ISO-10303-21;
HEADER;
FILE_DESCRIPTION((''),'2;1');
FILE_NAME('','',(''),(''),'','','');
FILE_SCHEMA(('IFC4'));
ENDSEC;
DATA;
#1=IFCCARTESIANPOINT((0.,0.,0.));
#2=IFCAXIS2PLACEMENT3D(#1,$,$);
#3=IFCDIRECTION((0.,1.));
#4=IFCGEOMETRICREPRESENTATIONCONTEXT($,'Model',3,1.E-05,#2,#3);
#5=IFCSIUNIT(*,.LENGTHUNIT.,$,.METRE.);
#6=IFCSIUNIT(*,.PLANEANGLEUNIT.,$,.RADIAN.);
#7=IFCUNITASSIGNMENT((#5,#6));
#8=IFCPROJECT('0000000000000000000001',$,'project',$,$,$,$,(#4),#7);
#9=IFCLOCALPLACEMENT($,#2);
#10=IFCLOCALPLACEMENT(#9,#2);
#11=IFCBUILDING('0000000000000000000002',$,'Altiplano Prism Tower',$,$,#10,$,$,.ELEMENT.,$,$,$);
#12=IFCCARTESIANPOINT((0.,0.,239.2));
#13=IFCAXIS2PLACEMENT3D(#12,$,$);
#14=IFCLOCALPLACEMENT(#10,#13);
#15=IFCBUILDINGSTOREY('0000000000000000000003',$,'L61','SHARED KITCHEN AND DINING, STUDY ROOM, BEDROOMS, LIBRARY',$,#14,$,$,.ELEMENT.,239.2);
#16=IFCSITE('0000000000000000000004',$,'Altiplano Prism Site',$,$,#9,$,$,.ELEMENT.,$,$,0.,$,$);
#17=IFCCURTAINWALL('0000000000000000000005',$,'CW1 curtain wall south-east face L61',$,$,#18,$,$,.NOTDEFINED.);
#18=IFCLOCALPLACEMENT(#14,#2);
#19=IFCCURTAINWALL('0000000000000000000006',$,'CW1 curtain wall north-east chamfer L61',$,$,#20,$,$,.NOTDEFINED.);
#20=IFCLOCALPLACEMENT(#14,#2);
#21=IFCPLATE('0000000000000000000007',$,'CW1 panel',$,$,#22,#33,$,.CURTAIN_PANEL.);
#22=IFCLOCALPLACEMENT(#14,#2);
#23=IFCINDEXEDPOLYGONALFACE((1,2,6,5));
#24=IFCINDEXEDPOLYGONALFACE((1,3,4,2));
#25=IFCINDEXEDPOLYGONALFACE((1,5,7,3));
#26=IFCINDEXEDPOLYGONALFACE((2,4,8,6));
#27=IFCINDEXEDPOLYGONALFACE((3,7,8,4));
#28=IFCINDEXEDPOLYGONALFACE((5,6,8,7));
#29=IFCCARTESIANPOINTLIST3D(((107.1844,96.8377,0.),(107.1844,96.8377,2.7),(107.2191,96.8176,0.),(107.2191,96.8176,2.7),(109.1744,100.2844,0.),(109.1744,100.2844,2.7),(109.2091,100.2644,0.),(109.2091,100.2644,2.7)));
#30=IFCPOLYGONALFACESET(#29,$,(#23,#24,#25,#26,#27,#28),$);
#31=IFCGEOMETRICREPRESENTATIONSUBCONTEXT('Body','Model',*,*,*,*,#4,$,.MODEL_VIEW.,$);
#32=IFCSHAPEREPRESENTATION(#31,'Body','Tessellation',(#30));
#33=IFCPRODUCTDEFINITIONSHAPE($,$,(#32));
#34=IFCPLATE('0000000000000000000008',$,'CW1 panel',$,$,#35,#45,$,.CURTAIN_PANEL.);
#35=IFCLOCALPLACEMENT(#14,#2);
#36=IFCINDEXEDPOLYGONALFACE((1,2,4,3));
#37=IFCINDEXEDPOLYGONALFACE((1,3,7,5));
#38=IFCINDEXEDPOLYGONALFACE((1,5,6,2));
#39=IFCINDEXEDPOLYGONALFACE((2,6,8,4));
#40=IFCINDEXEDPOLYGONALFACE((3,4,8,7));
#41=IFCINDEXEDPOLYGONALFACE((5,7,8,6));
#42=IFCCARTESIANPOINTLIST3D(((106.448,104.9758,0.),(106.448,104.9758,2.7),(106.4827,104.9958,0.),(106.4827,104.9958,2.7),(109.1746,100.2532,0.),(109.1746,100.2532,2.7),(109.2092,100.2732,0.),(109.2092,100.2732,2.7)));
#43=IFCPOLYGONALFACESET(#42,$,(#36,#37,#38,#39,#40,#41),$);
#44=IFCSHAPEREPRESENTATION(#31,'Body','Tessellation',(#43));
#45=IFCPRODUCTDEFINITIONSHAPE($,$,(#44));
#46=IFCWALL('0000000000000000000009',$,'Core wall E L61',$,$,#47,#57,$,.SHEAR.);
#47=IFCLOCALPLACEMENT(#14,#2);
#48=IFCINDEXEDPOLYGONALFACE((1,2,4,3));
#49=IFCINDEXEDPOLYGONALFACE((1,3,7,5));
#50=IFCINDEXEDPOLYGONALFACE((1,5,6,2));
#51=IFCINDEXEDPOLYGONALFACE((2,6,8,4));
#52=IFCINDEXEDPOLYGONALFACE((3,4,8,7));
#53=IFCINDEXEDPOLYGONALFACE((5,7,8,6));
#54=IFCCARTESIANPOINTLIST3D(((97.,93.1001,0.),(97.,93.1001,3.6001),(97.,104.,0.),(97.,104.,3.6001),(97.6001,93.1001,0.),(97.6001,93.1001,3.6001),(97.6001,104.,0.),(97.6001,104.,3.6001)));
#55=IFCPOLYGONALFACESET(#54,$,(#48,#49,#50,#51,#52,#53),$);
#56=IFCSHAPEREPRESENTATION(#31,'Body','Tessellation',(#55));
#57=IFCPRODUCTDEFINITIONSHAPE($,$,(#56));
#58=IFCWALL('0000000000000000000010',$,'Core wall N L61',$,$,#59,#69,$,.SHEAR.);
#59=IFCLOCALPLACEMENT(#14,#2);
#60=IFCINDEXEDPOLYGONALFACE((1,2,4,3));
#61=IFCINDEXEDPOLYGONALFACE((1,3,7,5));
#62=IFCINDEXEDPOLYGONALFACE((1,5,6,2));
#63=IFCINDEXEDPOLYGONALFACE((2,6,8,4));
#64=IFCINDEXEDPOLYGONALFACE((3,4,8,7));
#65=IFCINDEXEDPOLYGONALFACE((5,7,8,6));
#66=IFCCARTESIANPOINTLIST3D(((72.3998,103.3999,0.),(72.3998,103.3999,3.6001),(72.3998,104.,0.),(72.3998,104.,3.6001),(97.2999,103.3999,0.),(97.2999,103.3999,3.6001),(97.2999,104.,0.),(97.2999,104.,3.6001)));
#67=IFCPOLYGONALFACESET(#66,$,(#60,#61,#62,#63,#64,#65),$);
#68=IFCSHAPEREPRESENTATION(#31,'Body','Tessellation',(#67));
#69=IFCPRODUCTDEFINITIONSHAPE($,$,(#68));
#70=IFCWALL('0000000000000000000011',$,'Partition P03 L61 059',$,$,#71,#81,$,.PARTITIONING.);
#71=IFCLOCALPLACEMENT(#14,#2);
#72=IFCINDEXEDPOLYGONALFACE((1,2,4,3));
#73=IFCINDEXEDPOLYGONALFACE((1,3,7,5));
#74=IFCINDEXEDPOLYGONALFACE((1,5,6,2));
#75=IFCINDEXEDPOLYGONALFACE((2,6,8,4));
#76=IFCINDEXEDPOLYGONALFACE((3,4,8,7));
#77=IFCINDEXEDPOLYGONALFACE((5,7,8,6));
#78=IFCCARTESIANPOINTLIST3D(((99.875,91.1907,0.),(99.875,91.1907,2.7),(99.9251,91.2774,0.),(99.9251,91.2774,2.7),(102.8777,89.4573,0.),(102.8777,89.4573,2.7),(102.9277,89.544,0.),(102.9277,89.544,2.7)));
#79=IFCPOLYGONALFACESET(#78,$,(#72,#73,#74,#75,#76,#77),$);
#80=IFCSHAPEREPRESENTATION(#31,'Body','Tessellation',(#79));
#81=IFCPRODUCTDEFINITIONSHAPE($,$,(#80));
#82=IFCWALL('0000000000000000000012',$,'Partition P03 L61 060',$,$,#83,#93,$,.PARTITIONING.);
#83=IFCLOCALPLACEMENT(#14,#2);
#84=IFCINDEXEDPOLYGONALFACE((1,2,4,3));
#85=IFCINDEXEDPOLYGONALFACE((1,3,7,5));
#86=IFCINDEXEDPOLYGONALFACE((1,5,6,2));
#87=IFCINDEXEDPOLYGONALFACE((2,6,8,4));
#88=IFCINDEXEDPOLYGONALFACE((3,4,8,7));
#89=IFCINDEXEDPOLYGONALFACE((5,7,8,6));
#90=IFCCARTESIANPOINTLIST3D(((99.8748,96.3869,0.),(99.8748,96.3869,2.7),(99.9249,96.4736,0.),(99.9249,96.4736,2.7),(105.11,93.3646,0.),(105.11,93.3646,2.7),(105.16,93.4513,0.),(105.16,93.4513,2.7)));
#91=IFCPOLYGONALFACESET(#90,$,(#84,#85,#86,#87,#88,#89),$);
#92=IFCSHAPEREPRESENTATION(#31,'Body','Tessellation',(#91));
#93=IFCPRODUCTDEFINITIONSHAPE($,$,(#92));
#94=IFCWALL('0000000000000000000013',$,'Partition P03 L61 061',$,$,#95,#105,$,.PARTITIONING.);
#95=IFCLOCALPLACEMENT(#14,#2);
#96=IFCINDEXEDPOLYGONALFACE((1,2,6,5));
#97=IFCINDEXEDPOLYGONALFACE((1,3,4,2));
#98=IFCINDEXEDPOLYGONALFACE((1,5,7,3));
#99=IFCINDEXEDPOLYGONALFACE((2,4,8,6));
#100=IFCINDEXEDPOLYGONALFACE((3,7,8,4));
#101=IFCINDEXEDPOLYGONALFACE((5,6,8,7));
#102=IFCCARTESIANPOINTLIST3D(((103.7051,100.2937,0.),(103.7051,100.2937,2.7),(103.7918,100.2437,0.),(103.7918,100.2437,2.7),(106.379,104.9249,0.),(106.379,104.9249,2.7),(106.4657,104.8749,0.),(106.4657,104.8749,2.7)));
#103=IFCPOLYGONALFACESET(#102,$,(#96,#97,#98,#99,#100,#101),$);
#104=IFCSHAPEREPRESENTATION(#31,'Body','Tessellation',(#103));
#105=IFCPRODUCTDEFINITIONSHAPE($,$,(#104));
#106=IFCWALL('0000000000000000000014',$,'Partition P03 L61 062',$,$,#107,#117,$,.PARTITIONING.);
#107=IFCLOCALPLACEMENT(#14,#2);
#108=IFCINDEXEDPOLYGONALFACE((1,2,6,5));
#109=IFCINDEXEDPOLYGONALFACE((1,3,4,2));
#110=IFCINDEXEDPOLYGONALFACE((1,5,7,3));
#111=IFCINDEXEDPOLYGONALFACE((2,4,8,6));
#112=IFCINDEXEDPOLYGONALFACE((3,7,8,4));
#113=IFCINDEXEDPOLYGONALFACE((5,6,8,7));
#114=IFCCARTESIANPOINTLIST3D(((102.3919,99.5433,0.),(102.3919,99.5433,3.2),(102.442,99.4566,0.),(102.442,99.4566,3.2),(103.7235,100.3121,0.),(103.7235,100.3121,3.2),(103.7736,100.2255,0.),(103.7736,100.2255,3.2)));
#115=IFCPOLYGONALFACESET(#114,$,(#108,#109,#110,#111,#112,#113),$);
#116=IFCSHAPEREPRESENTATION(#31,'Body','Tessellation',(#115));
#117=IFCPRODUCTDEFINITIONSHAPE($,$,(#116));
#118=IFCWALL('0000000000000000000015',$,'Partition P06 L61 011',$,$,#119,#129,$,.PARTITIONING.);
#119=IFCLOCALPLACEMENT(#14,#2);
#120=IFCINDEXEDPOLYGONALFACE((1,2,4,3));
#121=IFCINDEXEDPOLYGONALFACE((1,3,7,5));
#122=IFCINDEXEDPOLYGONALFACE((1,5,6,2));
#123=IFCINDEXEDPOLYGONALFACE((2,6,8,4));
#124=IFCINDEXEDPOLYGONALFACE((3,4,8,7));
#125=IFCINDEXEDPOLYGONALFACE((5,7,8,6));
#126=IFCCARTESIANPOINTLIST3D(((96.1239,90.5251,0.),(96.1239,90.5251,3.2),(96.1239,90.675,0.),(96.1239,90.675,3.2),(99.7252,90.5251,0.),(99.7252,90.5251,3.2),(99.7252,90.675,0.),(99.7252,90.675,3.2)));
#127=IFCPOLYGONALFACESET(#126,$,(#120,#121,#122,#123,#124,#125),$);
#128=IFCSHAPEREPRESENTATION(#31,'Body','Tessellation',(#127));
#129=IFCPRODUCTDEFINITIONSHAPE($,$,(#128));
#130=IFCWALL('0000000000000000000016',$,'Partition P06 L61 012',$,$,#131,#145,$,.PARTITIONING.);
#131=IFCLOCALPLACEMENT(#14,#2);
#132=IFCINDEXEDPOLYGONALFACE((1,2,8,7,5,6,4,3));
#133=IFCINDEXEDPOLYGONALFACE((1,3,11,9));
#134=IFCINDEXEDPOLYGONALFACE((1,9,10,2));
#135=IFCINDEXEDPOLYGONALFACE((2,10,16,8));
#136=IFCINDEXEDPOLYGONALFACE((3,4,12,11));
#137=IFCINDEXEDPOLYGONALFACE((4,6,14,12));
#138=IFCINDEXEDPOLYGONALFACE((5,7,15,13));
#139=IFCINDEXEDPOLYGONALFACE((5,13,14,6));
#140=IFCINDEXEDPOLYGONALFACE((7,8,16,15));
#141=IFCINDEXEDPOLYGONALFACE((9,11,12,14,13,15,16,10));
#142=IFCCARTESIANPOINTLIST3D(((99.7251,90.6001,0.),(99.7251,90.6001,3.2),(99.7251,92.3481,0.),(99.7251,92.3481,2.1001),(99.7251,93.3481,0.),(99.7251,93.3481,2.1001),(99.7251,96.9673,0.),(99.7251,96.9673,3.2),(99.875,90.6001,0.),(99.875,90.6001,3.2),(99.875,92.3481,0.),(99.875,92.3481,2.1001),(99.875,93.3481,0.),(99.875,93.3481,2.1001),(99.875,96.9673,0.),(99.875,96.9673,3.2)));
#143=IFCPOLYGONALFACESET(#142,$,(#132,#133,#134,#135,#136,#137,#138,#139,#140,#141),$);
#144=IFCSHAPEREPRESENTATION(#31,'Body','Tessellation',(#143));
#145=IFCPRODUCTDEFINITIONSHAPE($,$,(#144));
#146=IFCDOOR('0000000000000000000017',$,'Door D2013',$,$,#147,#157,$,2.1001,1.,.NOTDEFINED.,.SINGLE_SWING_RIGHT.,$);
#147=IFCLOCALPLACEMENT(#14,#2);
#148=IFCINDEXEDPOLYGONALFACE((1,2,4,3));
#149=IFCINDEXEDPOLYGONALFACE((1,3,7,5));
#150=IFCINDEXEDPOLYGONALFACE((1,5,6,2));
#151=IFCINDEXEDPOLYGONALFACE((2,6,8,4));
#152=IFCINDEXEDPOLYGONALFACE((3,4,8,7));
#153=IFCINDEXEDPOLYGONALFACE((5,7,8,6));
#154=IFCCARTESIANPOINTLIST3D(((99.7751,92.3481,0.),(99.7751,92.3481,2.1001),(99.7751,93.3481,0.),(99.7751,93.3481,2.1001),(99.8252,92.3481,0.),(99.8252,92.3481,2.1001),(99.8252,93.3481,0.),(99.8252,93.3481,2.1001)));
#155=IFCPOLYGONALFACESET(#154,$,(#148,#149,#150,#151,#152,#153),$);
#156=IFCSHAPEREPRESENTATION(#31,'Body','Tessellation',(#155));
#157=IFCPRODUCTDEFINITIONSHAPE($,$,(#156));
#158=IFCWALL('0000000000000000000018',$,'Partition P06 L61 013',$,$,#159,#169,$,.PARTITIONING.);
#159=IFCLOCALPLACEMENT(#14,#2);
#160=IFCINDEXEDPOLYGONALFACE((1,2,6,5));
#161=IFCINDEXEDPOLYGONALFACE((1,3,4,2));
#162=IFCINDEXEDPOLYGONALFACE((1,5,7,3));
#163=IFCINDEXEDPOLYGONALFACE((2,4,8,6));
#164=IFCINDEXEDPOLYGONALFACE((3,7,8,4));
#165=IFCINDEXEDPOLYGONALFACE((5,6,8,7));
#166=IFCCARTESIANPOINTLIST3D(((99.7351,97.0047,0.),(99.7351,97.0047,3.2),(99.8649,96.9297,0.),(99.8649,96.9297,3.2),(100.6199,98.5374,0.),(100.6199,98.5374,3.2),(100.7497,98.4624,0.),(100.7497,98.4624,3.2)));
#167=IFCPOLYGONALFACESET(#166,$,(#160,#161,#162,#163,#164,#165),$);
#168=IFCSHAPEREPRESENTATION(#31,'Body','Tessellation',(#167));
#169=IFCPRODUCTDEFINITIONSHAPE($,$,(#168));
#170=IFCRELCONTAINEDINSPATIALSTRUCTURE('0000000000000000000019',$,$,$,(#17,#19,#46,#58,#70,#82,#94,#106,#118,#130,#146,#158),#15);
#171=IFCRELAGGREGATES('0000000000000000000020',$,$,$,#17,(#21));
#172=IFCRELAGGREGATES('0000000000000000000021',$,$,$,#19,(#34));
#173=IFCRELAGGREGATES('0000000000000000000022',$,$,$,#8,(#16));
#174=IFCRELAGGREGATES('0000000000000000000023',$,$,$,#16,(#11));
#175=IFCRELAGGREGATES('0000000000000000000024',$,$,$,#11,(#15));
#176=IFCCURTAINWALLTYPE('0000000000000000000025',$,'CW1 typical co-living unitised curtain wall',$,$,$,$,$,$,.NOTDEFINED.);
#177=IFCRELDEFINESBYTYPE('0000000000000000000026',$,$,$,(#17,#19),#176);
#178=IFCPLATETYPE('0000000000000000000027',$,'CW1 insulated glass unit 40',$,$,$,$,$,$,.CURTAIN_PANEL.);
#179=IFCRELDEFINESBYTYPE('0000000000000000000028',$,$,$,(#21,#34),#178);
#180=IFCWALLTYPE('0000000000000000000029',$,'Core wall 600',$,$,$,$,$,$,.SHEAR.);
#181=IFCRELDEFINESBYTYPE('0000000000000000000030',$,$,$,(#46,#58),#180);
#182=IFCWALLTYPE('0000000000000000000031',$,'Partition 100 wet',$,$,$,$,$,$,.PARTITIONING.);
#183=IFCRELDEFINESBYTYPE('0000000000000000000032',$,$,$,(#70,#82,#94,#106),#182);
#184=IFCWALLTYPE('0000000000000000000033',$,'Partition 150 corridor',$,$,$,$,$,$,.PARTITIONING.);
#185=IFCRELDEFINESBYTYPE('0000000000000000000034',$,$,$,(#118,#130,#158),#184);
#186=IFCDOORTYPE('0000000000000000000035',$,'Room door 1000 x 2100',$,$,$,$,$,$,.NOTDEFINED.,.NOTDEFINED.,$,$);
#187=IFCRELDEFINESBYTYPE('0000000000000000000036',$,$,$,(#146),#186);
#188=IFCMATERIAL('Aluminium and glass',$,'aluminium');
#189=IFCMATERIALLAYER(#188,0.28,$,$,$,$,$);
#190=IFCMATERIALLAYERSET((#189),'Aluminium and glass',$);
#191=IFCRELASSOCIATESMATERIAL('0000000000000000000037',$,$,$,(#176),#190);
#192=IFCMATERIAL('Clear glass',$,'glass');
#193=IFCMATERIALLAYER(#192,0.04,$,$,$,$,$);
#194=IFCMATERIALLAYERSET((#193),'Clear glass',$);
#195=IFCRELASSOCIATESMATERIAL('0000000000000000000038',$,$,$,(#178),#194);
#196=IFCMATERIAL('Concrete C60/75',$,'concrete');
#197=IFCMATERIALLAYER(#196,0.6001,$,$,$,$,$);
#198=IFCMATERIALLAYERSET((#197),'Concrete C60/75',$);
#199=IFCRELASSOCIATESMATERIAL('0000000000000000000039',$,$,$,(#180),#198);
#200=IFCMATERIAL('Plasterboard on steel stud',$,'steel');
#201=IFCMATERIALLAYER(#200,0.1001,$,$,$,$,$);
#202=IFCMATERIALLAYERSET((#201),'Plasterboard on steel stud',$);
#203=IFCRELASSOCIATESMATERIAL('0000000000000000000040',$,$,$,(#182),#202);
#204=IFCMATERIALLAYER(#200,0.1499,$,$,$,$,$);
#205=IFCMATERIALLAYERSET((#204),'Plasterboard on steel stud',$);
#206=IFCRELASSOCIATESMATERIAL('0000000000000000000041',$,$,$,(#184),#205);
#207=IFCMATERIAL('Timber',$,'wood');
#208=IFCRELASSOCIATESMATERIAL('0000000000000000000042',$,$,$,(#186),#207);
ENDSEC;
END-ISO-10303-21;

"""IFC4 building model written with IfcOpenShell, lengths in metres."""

from ifc_helpers import new_model, si_unit, direction, frame, frame_2d, origin, origin_2d, place, context, subcontext, project, spatial, rectangle, extrude, material, layer, layer_set, type_object, element, fill, aggregate, save


model = new_model("IFC4")

# Units and contexts
model_context = context("Model", 3, precision=1e-05, world=origin(), true_north=direction((0.0, 1.0)))
body_context = subcontext(model_context, "Body", "Model", "MODEL_VIEW")
ifc_project = project(units=[si_unit("LENGTHUNIT", "METRE"), si_unit("PLANEANGLEUNIT", "RADIAN")], contexts=[model_context])

# Site, building, storey
site_placement = place(None, origin())
site = spatial("IfcSite", under=ifc_project, at=site_placement, Name="Altiplano Prism Site", CompositionType="ELEMENT", RefElevation=0.0)
building_placement = place(site_placement, origin())
building = spatial("IfcBuilding", under=site, at=building_placement, Name="Altiplano Prism Tower", CompositionType="ELEMENT")
storey_placement = place(building_placement, frame((0.0, 0.0, 239.2)))
storey = spatial("IfcBuildingStorey", under=building, at=storey_placement, Name="L61", Description="SHARED KITCHEN AND DINING, STUDY ROOM, BEDROOMS, LIBRARY", CompositionType="ELEMENT", Elevation=239.2)

# Shared definitions
ifc_material_1 = material(Name="Concrete C60/75", Category="concrete")

# Curtain wall
ifc_material_2 = material(Name="Aluminium and glass", Category="aluminium")
ifc_layer_1 = layer(ifc_material_2, 0.28)
ifc_layer_set_1 = layer_set([ifc_layer_1], Name="Aluminium and glass")
curtain_wall_type = type_object("IfcCurtainWallType", Name="CW1 typical co-living unitised curtain wall", PredefinedType="NOTDEFINED", material=ifc_layer_set_1)
curtain_wall_1_placement = place(storey_placement, origin())
curtain_wall_1 = element("IfcCurtainWall", 1, at=curtain_wall_1_placement, inside=storey, type_object=curtain_wall_type, Name="CW1 curtain wall south-east face L61", PredefinedType="NOTDEFINED")

# Curtain wall
curtain_wall_2_placement = place(storey_placement, origin())
curtain_wall_2 = element("IfcCurtainWall", 2, at=curtain_wall_2_placement, inside=storey, type_object=curtain_wall_type, Name="CW1 curtain wall north-east chamfer L61", PredefinedType="NOTDEFINED")

# Plates
ifc_material_3 = material(Name="Clear glass", Category="glass")
ifc_layer_2 = layer(ifc_material_3, 0.04)
ifc_layer_set_2 = layer_set([ifc_layer_2], Name="Clear glass")
plate_type = type_object("IfcPlateType", Name="CW1 insulated glass unit 40", PredefinedType="CURTAIN_PANEL", material=ifc_layer_set_2)
plate_1_placement = place(storey_placement, frame((108.1968, 98.551, 0.0), z_axis=(0.0, 0.0, 1.0), x_axis=(0.5, 0.866025, 0.0)))
plate_1 = element("IfcPlate", 3, at=plate_1_placement, type_object=plate_type, Name="CW1 panel", PredefinedType="CURTAIN_PANEL", context=body_context, shape_type="SweptSolid", body=[
    extrude(rectangle(XDim=3.98, YDim=0.04, at=origin_2d()), origin(), (0.0, 0.0, 1.0), 2.7),
])
aggregate(curtain_wall_1, [plate_1])
plate_2_placement = place(storey_placement, frame((107.8286, 102.6245, 0.0), z_axis=(0.0, 0.0, 1.0), x_axis=(-0.5, 0.866025, 0.0)))
plate_2 = element("IfcPlate", 4, at=plate_2_placement, type_object=plate_type, Name="CW1 panel", PredefinedType="CURTAIN_PANEL", context=body_context, shape_type="SweptSolid", body=[
    extrude(rectangle(XDim=5.4531, YDim=0.04, at=origin_2d()), origin(), (0.0, 0.0, 1.0), 2.7),
])
aggregate(curtain_wall_2, [plate_2])

# Walls
ifc_layer_3 = layer(ifc_material_1, 0.6001)
ifc_layer_set_3 = layer_set([ifc_layer_3], Name="Concrete C60/75")
wall_type_1 = type_object("IfcWallType", Name="Core wall 600", PredefinedType="SHEAR", material=ifc_layer_set_3)
wall_1_placement = place(storey_placement, frame((97.3, 93.1001, 0.0), z_axis=(0.0, 0.0, 1.0), x_axis=(0.0, 1.0, 0.0)))
element("IfcWall", 5, at=wall_1_placement, inside=storey, type_object=wall_type_1, Name="Core wall E L61", PredefinedType="SHEAR", context=body_context, shape_type="SweptSolid", body=[
    extrude(rectangle(XDim=10.8999, YDim=0.6001, at=frame_2d((5.45, 0.0))), origin(), (0.0, 0.0, 1.0), 3.6001),
])
wall_2_placement = place(storey_placement, frame((97.3, 103.7, 0.0), z_axis=(0.0, 0.0, 1.0), x_axis=(-1.0, 0.0, 0.0)))
element("IfcWall", 6, at=wall_2_placement, inside=storey, type_object=wall_type_1, Name="Core wall N L61", PredefinedType="SHEAR", context=body_context, shape_type="SweptSolid", body=[
    extrude(rectangle(XDim=24.9001, YDim=0.6001, at=frame_2d((12.4502, 0.0))), origin(), (0.0, 0.0, 1.0), 3.6001),
])
ifc_material_4 = material(Name="Plasterboard on steel stud", Category="steel")
ifc_layer_4 = layer(ifc_material_4, 0.1001)
ifc_layer_set_4 = layer_set([ifc_layer_4], Name="Plasterboard on steel stud")
wall_type_2 = type_object("IfcWallType", Name="Partition 100 wet", PredefinedType="PARTITIONING", material=ifc_layer_set_4)
wall_3_placement = place(storey_placement, frame((102.9026, 89.5007, 0.0), z_axis=(0.0, 0.0, 1.0), x_axis=(-0.866051, 0.499956, 0.0)))
element("IfcWall", 7, at=wall_3_placement, inside=storey, type_object=wall_type_2, Name="Partition P03 L61 059", PredefinedType="PARTITIONING", context=body_context, shape_type="SweptSolid", body=[
    extrude(rectangle(XDim=3.467, YDim=0.1001, at=frame_2d((1.7334, 0.0))), origin(), (0.0, 0.0, 1.0), 2.7),
])
wall_4_placement = place(storey_placement, frame((105.135, 93.408, 0.0), z_axis=(0.0, 0.0, 1.0), x_axis=(-0.866045, 0.499966, 0.0)))
element("IfcWall", 8, at=wall_4_placement, inside=storey, type_object=wall_type_2, Name="Partition P03 L61 060", PredefinedType="PARTITIONING", context=body_context, shape_type="SweptSolid", body=[
    extrude(rectangle(XDim=6.0449, YDim=0.1001, at=frame_2d((3.0225, 0.0))), origin(), (0.0, 0.0, 1.0), 2.7),
])
wall_5_placement = place(storey_placement, frame((106.4224, 104.8999, 0.0), z_axis=(0.0, 0.0, 1.0), x_axis=(-0.500008, -0.866021, 0.0)))
element("IfcWall", 9, at=wall_5_placement, inside=storey, type_object=wall_type_2, Name="Partition P03 L61 061", PredefinedType="PARTITIONING", context=body_context, shape_type="SweptSolid", body=[
    extrude(rectangle(XDim=5.3477, YDim=0.1001, at=frame_2d((2.6738, 0.0))), origin(), (0.0, 0.0, 1.0), 2.7),
])
wall_6_placement = place(storey_placement, frame((103.7485, 100.2688, 0.0), z_axis=(0.0, 0.0, 1.0), x_axis=(-0.866016, -0.500016, 0.0)))
element("IfcWall", 10, at=wall_6_placement, inside=storey, type_object=wall_type_2, Name="Partition P03 L61 062", PredefinedType="PARTITIONING", context=body_context, shape_type="SweptSolid", body=[
    extrude(rectangle(XDim=1.5376, YDim=0.1001, at=frame_2d((0.7688, 0.0))), origin(), (0.0, 0.0, 1.0), 3.2),
])
ifc_layer_5 = layer(ifc_material_4, 0.1499)
ifc_layer_set_5 = layer_set([ifc_layer_5], Name="Plasterboard on steel stud")
wall_type_3 = type_object("IfcWallType", Name="Partition 150 corridor", PredefinedType="PARTITIONING", material=ifc_layer_set_5)
wall_7_placement = place(storey_placement, frame((96.1238, 90.6001, 0.0), z_axis=(0.0, 0.0, 1.0), x_axis=(1.0, 0.0, 0.0)))
element("IfcWall", 11, at=wall_7_placement, inside=storey, type_object=wall_type_3, Name="Partition P06 L61 011", PredefinedType="PARTITIONING", context=body_context, shape_type="SweptSolid", body=[
    extrude(rectangle(XDim=3.6013, YDim=0.1499, at=frame_2d((1.8008, 0.0))), origin(), (0.0, 0.0, 1.0), 3.2),
])

# Wall, opening, door
wall_8_placement = place(storey_placement, frame((99.8, 90.6001, 0.0), z_axis=(0.0, 0.0, 1.0), x_axis=(0.0, 1.0, 0.0)))
wall_8 = element("IfcWall", 12, at=wall_8_placement, inside=storey, type_object=wall_type_3, Name="Partition P06 L61 012", PredefinedType="PARTITIONING", context=body_context, shape_type="SweptSolid", body=[
    extrude(rectangle(XDim=6.3672, YDim=0.1499, at=frame_2d((3.1836, 0.0))), origin(), (0.0, 0.0, 1.0), 3.2),
])
opening_1_placement = place(wall_8_placement, frame((1.748, 0.0, 0.0)))
opening_1 = element("IfcOpeningElement", 13, at=opening_1_placement, cuts=wall_8, PredefinedType="OPENING", context=body_context, shape_type="SweptSolid", body=[
    extrude(rectangle(XDim=1.0, YDim=2.1001, at=frame_2d((0.5, 1.05))), frame((0.0, 0.0854, 0.0), z_axis=(0.0, -1.0, 0.0), x_axis=(1.0, 0.0, 0.0)), (0.0, 0.0, 1.0), 0.1709),
])
ifc_material_5 = material(Name="Timber", Category="wood")
door_type_1 = type_object("IfcDoorType", Name="Room door 1000 x 2100", OperationType="NOTDEFINED", PredefinedType="NOTDEFINED", material=ifc_material_5)
door_1_placement = place(opening_1_placement, origin())
door_1 = element("IfcDoor", 14, at=door_1_placement, inside=storey, type_object=door_type_1, Name="Door D2013", OperationType="SINGLE_SWING_RIGHT", OverallHeight=2.1001, OverallWidth=1.0, PredefinedType="NOTDEFINED", context=body_context, shape_type="SweptSolid", body=[
    extrude(rectangle(XDim=1.0, YDim=2.1001, at=frame_2d((0.5, 1.05))), frame((0.0, 0.0249, 0.0), z_axis=(0.0, -1.0, 0.0), x_axis=(1.0, 0.0, 0.0)), (0.0, 0.0, 1.0), 0.05),
])
fill(opening_1, door_1)

# Wall
wall_9_placement = place(storey_placement, frame((99.8, 96.9673, 0.0), z_axis=(0.0, 0.0, 1.0), x_axis=(0.499937, 0.866062, 0.0)))
element("IfcWall", 15, at=wall_9_placement, inside=storey, type_object=wall_type_3, Name="Partition P06 L61 013", PredefinedType="PARTITIONING", context=body_context, shape_type="SweptSolid", body=[
    extrude(rectangle(XDim=1.7698, YDim=0.1499, at=frame_2d((0.8848, 0.0))), origin(), (0.0, 0.0, 1.0), 3.2),
])

save(model, "model.ifc")
